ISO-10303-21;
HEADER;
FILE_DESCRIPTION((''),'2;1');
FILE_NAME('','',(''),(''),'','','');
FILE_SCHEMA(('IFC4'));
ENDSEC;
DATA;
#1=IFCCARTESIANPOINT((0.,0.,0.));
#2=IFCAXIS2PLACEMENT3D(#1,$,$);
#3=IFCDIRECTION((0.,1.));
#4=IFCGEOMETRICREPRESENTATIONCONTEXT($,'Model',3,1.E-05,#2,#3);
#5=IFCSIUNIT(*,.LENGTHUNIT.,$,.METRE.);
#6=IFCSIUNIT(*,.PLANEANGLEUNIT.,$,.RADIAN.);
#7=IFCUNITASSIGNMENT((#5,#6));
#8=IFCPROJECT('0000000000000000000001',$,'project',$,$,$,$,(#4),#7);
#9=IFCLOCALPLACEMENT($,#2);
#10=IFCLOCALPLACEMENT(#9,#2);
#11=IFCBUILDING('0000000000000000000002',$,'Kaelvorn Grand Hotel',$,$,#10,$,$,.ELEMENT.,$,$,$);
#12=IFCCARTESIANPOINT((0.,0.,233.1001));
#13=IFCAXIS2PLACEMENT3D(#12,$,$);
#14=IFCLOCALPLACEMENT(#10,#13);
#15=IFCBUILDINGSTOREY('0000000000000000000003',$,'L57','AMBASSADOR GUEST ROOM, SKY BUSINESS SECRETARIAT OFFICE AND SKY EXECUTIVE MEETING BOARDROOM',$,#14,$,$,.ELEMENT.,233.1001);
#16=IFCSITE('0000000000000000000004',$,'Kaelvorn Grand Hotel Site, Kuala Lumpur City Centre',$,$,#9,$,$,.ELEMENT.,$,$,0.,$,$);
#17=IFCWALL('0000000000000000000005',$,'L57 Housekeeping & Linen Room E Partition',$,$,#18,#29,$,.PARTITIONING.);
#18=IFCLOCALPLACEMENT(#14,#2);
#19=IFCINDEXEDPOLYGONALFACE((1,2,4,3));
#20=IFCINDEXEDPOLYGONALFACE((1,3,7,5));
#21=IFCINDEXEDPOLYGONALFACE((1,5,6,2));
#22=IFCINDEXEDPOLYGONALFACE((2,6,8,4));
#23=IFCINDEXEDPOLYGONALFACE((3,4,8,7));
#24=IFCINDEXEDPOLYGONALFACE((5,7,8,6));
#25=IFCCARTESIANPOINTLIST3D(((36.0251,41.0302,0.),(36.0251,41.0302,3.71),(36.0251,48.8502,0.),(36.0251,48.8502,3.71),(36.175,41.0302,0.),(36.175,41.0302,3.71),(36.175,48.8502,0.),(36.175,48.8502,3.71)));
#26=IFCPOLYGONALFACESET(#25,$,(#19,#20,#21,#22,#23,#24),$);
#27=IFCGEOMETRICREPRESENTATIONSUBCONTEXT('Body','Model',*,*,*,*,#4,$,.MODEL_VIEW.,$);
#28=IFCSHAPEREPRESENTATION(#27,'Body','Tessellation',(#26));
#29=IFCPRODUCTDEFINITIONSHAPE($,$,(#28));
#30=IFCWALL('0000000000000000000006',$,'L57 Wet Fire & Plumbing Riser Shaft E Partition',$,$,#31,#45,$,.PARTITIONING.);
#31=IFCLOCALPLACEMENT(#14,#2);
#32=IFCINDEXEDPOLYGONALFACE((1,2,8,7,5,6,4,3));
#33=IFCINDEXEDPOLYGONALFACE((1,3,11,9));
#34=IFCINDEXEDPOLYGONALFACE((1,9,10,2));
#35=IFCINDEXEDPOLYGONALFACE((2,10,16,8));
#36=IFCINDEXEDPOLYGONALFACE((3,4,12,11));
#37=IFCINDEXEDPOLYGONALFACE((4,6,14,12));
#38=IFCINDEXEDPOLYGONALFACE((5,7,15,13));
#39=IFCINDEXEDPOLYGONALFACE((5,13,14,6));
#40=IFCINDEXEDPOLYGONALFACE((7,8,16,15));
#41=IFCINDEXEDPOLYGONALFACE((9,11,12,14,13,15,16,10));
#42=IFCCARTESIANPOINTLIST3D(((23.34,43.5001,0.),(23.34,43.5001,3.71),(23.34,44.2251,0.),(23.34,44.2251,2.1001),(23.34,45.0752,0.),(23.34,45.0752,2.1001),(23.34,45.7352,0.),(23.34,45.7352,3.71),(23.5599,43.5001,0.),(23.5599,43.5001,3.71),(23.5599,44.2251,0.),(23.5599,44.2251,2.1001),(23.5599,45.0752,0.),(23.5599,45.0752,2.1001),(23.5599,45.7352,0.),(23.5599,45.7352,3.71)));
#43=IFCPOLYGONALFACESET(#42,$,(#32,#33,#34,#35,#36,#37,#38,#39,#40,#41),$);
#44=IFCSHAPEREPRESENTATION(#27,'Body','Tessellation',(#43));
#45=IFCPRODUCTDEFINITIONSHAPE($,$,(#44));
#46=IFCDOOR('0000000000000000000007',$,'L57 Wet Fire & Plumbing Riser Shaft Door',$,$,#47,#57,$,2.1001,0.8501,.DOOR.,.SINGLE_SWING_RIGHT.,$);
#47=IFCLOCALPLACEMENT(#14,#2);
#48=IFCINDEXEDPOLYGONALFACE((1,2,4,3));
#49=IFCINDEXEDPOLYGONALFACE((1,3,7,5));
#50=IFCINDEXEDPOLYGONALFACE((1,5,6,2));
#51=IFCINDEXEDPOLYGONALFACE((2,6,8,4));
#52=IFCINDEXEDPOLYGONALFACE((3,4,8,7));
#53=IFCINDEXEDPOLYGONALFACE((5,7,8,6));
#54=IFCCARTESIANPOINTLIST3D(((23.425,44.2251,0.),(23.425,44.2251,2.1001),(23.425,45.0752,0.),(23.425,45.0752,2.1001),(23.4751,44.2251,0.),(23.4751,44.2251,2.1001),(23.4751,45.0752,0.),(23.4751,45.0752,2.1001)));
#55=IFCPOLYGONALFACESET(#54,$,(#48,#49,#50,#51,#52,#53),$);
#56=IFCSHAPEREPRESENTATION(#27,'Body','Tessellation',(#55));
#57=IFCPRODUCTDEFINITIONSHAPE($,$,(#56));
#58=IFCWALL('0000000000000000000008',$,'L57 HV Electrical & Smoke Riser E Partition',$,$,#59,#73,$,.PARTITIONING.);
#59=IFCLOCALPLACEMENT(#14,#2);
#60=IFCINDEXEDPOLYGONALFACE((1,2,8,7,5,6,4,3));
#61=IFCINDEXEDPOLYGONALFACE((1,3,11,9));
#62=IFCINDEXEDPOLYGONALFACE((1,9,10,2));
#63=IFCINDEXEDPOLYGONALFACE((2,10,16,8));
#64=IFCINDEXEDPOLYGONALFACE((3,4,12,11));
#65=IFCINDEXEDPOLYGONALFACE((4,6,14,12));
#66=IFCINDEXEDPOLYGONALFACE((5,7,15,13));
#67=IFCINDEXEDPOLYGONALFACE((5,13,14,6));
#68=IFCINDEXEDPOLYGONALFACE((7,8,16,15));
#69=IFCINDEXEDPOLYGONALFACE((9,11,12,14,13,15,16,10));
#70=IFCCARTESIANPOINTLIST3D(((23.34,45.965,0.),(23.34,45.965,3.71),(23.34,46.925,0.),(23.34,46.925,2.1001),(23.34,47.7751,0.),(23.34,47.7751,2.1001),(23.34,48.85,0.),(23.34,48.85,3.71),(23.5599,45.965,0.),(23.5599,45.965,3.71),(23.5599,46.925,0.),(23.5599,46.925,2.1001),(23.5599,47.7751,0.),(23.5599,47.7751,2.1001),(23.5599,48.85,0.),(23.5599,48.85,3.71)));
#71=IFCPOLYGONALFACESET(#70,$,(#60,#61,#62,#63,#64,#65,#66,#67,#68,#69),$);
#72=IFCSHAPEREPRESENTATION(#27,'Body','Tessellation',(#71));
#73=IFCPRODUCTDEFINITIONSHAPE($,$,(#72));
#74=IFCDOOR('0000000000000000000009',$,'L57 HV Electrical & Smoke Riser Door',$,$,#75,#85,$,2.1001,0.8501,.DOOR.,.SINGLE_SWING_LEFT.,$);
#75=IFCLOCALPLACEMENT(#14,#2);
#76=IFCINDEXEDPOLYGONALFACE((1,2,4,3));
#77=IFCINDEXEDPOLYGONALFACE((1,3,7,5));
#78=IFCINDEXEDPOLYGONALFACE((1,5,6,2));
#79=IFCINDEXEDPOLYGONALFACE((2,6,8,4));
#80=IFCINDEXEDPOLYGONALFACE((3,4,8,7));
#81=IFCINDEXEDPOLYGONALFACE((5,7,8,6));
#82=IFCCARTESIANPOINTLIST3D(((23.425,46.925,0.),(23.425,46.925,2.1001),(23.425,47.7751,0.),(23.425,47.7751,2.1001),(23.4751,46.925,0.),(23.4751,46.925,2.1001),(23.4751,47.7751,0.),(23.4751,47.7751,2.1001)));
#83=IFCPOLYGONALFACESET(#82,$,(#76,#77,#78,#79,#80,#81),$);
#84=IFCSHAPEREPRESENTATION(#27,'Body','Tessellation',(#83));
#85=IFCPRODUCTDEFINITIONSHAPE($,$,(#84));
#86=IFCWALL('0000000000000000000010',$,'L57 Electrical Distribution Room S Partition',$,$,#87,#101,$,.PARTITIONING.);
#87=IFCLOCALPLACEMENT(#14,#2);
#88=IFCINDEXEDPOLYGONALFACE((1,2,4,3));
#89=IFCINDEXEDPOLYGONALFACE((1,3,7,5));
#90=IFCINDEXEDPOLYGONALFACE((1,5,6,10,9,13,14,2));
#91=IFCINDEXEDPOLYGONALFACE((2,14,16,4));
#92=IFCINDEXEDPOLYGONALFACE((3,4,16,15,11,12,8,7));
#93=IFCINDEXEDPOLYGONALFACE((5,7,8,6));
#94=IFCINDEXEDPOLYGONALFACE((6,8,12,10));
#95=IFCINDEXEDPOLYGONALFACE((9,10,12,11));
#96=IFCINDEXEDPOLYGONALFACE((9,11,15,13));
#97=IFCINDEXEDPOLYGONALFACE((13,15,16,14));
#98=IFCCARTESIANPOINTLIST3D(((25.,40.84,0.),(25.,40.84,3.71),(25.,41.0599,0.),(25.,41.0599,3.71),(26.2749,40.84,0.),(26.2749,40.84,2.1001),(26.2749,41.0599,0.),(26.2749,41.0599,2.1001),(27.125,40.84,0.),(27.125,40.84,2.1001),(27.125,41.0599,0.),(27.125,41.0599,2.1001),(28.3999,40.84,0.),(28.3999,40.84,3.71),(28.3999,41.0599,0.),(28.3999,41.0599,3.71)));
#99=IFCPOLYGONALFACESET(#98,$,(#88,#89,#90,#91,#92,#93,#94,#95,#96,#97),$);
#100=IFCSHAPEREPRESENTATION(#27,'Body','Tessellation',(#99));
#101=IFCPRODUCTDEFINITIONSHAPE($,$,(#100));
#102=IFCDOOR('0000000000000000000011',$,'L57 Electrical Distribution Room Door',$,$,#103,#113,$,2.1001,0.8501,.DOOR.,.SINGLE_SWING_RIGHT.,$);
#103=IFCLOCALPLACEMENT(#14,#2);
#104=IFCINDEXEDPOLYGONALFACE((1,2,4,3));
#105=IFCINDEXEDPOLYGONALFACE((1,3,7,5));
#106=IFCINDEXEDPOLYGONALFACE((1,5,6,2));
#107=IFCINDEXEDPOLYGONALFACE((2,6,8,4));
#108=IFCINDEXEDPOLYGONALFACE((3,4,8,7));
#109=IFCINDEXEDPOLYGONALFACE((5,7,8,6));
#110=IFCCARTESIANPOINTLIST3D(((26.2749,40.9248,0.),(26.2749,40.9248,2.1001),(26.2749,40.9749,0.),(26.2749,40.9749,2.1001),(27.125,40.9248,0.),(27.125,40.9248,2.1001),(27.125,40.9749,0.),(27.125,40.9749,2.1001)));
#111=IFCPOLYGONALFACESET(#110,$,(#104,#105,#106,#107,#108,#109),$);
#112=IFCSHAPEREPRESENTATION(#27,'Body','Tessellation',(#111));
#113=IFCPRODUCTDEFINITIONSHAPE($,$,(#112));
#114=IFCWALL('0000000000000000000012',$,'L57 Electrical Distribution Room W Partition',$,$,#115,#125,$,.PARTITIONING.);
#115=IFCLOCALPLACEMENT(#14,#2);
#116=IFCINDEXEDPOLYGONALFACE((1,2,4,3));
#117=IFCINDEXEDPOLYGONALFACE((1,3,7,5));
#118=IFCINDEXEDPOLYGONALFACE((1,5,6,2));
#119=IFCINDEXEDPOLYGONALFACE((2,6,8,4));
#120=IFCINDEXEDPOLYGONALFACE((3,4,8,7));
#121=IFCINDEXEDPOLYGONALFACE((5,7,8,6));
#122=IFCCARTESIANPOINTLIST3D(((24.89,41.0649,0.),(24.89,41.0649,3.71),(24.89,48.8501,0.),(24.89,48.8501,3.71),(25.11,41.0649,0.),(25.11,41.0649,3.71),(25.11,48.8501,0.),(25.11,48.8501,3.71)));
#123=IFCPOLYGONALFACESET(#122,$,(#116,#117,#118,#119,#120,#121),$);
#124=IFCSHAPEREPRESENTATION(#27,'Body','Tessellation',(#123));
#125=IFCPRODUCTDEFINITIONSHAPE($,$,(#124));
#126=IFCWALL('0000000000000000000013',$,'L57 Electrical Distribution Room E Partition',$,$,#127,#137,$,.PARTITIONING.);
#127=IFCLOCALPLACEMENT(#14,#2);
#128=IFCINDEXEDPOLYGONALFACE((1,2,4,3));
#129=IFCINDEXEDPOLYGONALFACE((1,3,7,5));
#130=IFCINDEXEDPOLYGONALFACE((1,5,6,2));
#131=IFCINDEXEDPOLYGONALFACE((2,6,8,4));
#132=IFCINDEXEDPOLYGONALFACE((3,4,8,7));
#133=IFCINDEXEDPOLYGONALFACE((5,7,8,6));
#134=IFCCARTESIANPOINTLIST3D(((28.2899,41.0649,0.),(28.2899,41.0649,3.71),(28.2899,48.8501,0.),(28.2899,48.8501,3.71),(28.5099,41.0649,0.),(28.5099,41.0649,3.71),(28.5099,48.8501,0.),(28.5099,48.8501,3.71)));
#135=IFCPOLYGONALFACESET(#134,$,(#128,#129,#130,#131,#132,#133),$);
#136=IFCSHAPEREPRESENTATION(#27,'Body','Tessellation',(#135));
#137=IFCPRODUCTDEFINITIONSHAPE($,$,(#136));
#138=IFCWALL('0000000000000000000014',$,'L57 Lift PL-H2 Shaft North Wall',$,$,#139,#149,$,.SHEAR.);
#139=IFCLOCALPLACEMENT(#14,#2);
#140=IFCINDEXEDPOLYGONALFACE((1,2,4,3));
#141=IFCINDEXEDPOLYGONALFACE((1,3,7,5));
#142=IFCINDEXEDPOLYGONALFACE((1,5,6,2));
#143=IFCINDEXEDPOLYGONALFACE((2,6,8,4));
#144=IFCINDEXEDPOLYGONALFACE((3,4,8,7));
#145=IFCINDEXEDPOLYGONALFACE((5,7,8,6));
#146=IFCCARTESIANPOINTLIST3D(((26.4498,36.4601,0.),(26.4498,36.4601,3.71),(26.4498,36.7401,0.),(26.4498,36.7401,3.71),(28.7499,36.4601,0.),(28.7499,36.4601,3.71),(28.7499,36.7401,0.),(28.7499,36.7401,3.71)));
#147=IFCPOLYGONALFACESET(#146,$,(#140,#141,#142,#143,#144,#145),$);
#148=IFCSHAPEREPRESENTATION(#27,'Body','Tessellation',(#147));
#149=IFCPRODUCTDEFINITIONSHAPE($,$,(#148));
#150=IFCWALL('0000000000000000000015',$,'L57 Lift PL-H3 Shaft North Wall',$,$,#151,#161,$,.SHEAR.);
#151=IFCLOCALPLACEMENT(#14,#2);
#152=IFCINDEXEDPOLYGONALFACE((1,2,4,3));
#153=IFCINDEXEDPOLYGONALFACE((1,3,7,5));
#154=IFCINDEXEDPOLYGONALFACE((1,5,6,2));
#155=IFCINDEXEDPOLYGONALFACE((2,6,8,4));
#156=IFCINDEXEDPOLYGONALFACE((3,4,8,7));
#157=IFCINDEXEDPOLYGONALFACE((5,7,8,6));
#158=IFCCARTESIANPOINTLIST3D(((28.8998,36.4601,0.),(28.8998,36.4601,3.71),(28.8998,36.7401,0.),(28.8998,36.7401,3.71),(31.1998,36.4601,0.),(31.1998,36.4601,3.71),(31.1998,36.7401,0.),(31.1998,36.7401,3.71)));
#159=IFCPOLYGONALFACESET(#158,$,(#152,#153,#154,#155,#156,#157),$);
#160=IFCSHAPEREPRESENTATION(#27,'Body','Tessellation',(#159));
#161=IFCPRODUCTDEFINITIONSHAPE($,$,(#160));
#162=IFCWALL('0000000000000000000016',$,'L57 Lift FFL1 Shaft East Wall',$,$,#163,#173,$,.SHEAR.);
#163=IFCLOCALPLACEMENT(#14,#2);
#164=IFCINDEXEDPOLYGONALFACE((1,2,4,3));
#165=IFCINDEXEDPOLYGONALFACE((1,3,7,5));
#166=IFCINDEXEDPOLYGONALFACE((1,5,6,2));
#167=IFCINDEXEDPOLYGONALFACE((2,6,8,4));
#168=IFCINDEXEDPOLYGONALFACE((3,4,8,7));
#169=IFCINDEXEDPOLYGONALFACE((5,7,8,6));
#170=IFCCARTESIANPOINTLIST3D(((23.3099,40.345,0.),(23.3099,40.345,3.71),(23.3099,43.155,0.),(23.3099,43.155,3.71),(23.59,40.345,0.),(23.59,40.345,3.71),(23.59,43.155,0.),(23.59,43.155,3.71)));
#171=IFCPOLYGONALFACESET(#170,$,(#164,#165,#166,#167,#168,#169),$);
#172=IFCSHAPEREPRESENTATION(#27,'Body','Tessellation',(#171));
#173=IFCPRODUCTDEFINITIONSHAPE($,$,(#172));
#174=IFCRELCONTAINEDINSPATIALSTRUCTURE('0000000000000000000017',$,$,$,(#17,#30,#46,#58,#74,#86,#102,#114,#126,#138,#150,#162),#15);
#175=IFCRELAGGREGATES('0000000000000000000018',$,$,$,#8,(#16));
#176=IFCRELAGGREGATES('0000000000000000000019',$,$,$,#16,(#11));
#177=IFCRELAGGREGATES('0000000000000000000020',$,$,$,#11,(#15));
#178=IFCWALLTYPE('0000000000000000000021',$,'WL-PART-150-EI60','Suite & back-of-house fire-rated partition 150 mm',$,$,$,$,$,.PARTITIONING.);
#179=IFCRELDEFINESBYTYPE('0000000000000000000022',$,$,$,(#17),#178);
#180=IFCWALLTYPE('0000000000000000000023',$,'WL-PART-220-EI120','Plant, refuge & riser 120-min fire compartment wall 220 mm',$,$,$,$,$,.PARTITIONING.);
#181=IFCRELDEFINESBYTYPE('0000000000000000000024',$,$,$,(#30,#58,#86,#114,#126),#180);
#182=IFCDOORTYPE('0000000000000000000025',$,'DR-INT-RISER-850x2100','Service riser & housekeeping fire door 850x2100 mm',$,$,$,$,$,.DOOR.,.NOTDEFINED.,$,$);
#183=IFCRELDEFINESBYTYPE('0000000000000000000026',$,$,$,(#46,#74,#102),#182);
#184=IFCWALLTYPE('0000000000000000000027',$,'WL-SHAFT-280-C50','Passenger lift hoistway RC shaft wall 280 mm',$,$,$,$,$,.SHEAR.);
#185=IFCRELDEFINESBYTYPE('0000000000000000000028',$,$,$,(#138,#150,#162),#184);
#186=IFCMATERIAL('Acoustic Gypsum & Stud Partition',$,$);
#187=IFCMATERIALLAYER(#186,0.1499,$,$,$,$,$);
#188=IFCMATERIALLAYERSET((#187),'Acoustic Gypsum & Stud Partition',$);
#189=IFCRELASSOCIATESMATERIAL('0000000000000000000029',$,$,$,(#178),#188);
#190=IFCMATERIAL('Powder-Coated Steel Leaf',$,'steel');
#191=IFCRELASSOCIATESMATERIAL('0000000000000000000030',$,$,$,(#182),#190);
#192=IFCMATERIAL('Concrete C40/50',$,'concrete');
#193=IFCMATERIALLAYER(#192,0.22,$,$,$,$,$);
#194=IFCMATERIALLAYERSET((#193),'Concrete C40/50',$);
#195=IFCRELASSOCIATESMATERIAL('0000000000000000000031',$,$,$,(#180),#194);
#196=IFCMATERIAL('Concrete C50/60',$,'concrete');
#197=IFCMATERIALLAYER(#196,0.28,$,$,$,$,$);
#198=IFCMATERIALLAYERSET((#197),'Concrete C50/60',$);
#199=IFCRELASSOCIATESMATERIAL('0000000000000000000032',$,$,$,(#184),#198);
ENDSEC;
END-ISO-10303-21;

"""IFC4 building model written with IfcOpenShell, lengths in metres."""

from ifc_helpers import new_model, si_unit, direction, frame, frame_2d, origin, place, context, subcontext, project, spatial, rectangle, extrude, material, layer, layer_set, type_object, element, fill, save


model = new_model("IFC4")

# Units and contexts
model_context = context("Model", 3, precision=1e-05, world=origin(), true_north=direction((0.0, 1.0)))
body_context = subcontext(model_context, "Body", "Model", "MODEL_VIEW")
ifc_project = project(units=[si_unit("LENGTHUNIT", "METRE"), si_unit("PLANEANGLEUNIT", "RADIAN")], contexts=[model_context])

# Site, building, storey
site_placement = place(None, origin())
site = spatial("IfcSite", under=ifc_project, at=site_placement, Name="Kaelvorn Grand Hotel Site, Kuala Lumpur City Centre", CompositionType="ELEMENT", RefElevation=0.0)
building_placement = place(site_placement, origin())
building = spatial("IfcBuilding", under=site, at=building_placement, Name="Kaelvorn Grand Hotel", CompositionType="ELEMENT")
storey_placement = place(building_placement, frame((0.0, 0.0, 233.1001)))
storey = spatial("IfcBuildingStorey", under=building, at=storey_placement, Name="L57", Description="AMBASSADOR GUEST ROOM, SKY BUSINESS SECRETARIAT OFFICE AND SKY EXECUTIVE MEETING BOARDROOM", CompositionType="ELEMENT", Elevation=233.1001)

# Shared definitions
ifc_material_1 = material(Name="Concrete C50/60", Category="concrete")

# Shared definitions
ifc_material_2 = material(Name="Acoustic Gypsum & Stud Partition")
ifc_layer_1 = layer(ifc_material_2, 0.1499)
ifc_layer_set_1 = layer_set([ifc_layer_1], Name="Acoustic Gypsum & Stud Partition")
wall_type_1 = type_object("IfcWallType", Name="WL-PART-150-EI60", Description="Suite & back-of-house fire-rated partition 150 mm", PredefinedType="PARTITIONING", material=ifc_layer_set_1)

# Shared definitions
ifc_material_3 = material(Name="Powder-Coated Steel Leaf", Category="steel")
door_type_1 = type_object("IfcDoorType", Name="DR-INT-RISER-850x2100", Description="Service riser & housekeeping fire door 850x2100 mm", OperationType="NOTDEFINED", PredefinedType="DOOR", material=ifc_material_3)

# Wall
wall_1_placement = place(storey_placement, frame((36.1001, 41.03, 0.0), z_axis=(0.0, 0.0, 1.0), x_axis=(0.0, 1.0, 0.0)))
element("IfcWall", 1, at=wall_1_placement, inside=storey, type_object=wall_type_1, Name="L57 Housekeeping & Linen Room E Partition", PredefinedType="PARTITIONING", context=body_context, shape_type="SweptSolid", body=[
    extrude(rectangle(XDim=7.8201, YDim=0.1499, at=frame_2d((3.9102, 0.0))), origin(), (0.0, 0.0, 1.0), 3.71),
])

# Walls, openings, doors
ifc_material_4 = material(Name="Concrete C40/50", Category="concrete")
ifc_layer_2 = layer(ifc_material_4, 0.22)
ifc_layer_set_2 = layer_set([ifc_layer_2], Name="Concrete C40/50")
wall_type_2 = type_object("IfcWallType", Name="WL-PART-220-EI120", Description="Plant, refuge & riser 120-min fire compartment wall 220 mm", PredefinedType="PARTITIONING", material=ifc_layer_set_2)
wall_2_placement = place(storey_placement, frame((23.45, 43.5, 0.0), z_axis=(0.0, 0.0, 1.0), x_axis=(0.0, 1.0, 0.0)))
wall_2 = element("IfcWall", 2, at=wall_2_placement, inside=storey, type_object=wall_type_2, Name="L57 Wet Fire & Plumbing Riser Shaft E Partition", PredefinedType="PARTITIONING", context=body_context, shape_type="SweptSolid", body=[
    extrude(rectangle(XDim=2.2351, YDim=0.22, at=frame_2d((1.1177, 0.0))), origin(), (0.0, 0.0, 1.0), 3.71),
])
opening_1_placement = place(wall_2_placement, frame((0.7251, 0.0, 0.0)))
opening_1 = element("IfcOpeningElement", 3, at=opening_1_placement, cuts=wall_2, PredefinedType="OPENING", context=body_context, shape_type="SweptSolid", body=[
    extrude(rectangle(XDim=0.8501, YDim=2.1001, at=frame_2d((0.425, 1.05))), frame((0.0, 0.1201, 0.0), z_axis=(0.0, -1.0, 0.0), x_axis=(1.0, 0.0, 0.0)), (0.0, 0.0, 1.0), 0.24),
])
door_1_placement = place(opening_1_placement, origin())
door_1 = element("IfcDoor", 4, at=door_1_placement, inside=storey, type_object=door_type_1, Name="L57 Wet Fire & Plumbing Riser Shaft Door", OperationType="SINGLE_SWING_RIGHT", OverallHeight=2.1001, OverallWidth=0.8501, PredefinedType="DOOR", context=body_context, shape_type="SweptSolid", body=[
    extrude(rectangle(XDim=0.8501, YDim=2.1001, at=frame_2d((0.425, 1.05))), frame((0.0, 0.0249, 0.0), z_axis=(0.0, -1.0, 0.0), x_axis=(1.0, 0.0, 0.0)), (0.0, 0.0, 1.0), 0.05),
])
fill(opening_1, door_1)
wall_3_placement = place(storey_placement, frame((23.45, 45.9651, 0.0), z_axis=(0.0, 0.0, 1.0), x_axis=(0.0, 1.0, 0.0)))
wall_3 = element("IfcWall", 5, at=wall_3_placement, inside=storey, type_object=wall_type_2, Name="L57 HV Electrical & Smoke Riser E Partition", PredefinedType="PARTITIONING", context=body_context, shape_type="SweptSolid", body=[
    extrude(rectangle(XDim=2.885, YDim=0.22, at=frame_2d((1.4424, 0.0))), origin(), (0.0, 0.0, 1.0), 3.71),
])
opening_2_placement = place(wall_3_placement, frame((0.96, 0.0, 0.0)))
opening_2 = element("IfcOpeningElement", 6, at=opening_2_placement, cuts=wall_3, PredefinedType="OPENING", context=body_context, shape_type="SweptSolid", body=[
    extrude(rectangle(XDim=0.8501, YDim=2.1001, at=frame_2d((0.425, 1.05))), frame((0.0, 0.1201, 0.0), z_axis=(0.0, -1.0, 0.0), x_axis=(1.0, 0.0, 0.0)), (0.0, 0.0, 1.0), 0.24),
])
door_2_placement = place(opening_2_placement, origin())
door_2 = element("IfcDoor", 7, at=door_2_placement, inside=storey, type_object=door_type_1, Name="L57 HV Electrical & Smoke Riser Door", OperationType="SINGLE_SWING_LEFT", OverallHeight=2.1001, OverallWidth=0.8501, PredefinedType="DOOR", context=body_context, shape_type="SweptSolid", body=[
    extrude(rectangle(XDim=0.8501, YDim=2.1001, at=frame_2d((0.425, 1.05))), frame((0.0, 0.0249, 0.0), z_axis=(0.0, -1.0, 0.0), x_axis=(1.0, 0.0, 0.0)), (0.0, 0.0, 1.0), 0.05),
])
fill(opening_2, door_2)
wall_4_placement = place(storey_placement, frame((25.0, 40.95, 0.0), z_axis=(0.0, 0.0, 1.0), x_axis=(1.0, 0.0, 0.0)))
wall_4 = element("IfcWall", 8, at=wall_4_placement, inside=storey, type_object=wall_type_2, Name="L57 Electrical Distribution Room S Partition", PredefinedType="PARTITIONING", context=body_context, shape_type="SweptSolid", body=[
    extrude(rectangle(XDim=3.3999, YDim=0.22, at=frame_2d((1.7, 0.0))), origin(), (0.0, 0.0, 1.0), 3.71),
])
opening_3_placement = place(wall_4_placement, frame((1.2749, 0.0, 0.0)))
opening_3 = element("IfcOpeningElement", 9, at=opening_3_placement, cuts=wall_4, PredefinedType="OPENING", context=body_context, shape_type="SweptSolid", body=[
    extrude(rectangle(XDim=0.8501, YDim=2.1001, at=frame_2d((0.425, 1.05))), frame((0.0, 0.1201, 0.0), z_axis=(0.0, -1.0, 0.0), x_axis=(1.0, 0.0, 0.0)), (0.0, 0.0, 1.0), 0.24),
])
door_3_placement = place(opening_3_placement, origin())
door_3 = element("IfcDoor", 10, at=door_3_placement, inside=storey, type_object=door_type_1, Name="L57 Electrical Distribution Room Door", OperationType="SINGLE_SWING_RIGHT", OverallHeight=2.1001, OverallWidth=0.8501, PredefinedType="DOOR", context=body_context, shape_type="SweptSolid", body=[
    extrude(rectangle(XDim=0.8501, YDim=2.1001, at=frame_2d((0.425, 1.05))), frame((0.0, 0.0249, 0.0), z_axis=(0.0, -1.0, 0.0), x_axis=(1.0, 0.0, 0.0)), (0.0, 0.0, 1.0), 0.05),
])
fill(opening_3, door_3)

# Walls
for number, where, z_axis, x_axis, name in (
    (11, (25.0, 41.0649, 0.0), (0.0, 0.0, 1.0), (0.0, 1.0, 0.0), "L57 Electrical Distribution Room W Partition"),
    (12, (28.3999, 41.0649, 0.0), (0.0, 0.0, 1.0), (0.0, 1.0, 0.0), "L57 Electrical Distribution Room E Partition"),
):
    element("IfcWall", number, at=place(storey_placement, frame(where, z_axis=z_axis, x_axis=x_axis)), inside=storey, type_object=wall_type_2, Name=name, PredefinedType="PARTITIONING", context=body_context, shape_type="SweptSolid", body=[
        extrude(rectangle(XDim=7.7852, YDim=0.22, at=frame_2d((3.8926, 0.0))), origin(), (0.0, 0.0, 1.0), 3.71),
    ])
ifc_layer_3 = layer(ifc_material_1, 0.28)
ifc_layer_set_3 = layer_set([ifc_layer_3], Name="Concrete C50/60")
wall_type_3 = type_object("IfcWallType", Name="WL-SHAFT-280-C50", Description="Passenger lift hoistway RC shaft wall 280 mm", PredefinedType="SHEAR", material=ifc_layer_set_3)
for number, where, z_axis, x_axis, name in (
    (13, (26.45, 36.6001, 0.0), (0.0, 0.0, 1.0), (1.0, 0.0, 0.0), "L57 Lift PL-H2 Shaft North Wall"),
    (14, (28.8999, 36.6001, 0.0), (0.0, 0.0, 1.0), (1.0, 0.0, 0.0), "L57 Lift PL-H3 Shaft North Wall"),
):
    element("IfcWall", number, at=place(storey_placement, frame(where, z_axis=z_axis, x_axis=x_axis)), inside=storey, type_object=wall_type_3, Name=name, PredefinedType="SHEAR", context=body_context, shape_type="SweptSolid", body=[
        extrude(rectangle(XDim=2.3, YDim=0.28, at=frame_2d((1.1499, 0.0))), origin(), (0.0, 0.0, 1.0), 3.71),
    ])
wall_5_placement = place(storey_placement, frame((23.45, 40.345, 0.0), z_axis=(0.0, 0.0, 1.0), x_axis=(0.0, 1.0, 0.0)))
element("IfcWall", 15, at=wall_5_placement, inside=storey, type_object=wall_type_3, Name="L57 Lift FFL1 Shaft East Wall", PredefinedType="SHEAR", context=body_context, shape_type="SweptSolid", body=[
    extrude(rectangle(XDim=2.8101, YDim=0.28, at=frame_2d((1.405, 0.0))), origin(), (0.0, 0.0, 1.0), 3.71),
])

save(model, "model.ifc")
